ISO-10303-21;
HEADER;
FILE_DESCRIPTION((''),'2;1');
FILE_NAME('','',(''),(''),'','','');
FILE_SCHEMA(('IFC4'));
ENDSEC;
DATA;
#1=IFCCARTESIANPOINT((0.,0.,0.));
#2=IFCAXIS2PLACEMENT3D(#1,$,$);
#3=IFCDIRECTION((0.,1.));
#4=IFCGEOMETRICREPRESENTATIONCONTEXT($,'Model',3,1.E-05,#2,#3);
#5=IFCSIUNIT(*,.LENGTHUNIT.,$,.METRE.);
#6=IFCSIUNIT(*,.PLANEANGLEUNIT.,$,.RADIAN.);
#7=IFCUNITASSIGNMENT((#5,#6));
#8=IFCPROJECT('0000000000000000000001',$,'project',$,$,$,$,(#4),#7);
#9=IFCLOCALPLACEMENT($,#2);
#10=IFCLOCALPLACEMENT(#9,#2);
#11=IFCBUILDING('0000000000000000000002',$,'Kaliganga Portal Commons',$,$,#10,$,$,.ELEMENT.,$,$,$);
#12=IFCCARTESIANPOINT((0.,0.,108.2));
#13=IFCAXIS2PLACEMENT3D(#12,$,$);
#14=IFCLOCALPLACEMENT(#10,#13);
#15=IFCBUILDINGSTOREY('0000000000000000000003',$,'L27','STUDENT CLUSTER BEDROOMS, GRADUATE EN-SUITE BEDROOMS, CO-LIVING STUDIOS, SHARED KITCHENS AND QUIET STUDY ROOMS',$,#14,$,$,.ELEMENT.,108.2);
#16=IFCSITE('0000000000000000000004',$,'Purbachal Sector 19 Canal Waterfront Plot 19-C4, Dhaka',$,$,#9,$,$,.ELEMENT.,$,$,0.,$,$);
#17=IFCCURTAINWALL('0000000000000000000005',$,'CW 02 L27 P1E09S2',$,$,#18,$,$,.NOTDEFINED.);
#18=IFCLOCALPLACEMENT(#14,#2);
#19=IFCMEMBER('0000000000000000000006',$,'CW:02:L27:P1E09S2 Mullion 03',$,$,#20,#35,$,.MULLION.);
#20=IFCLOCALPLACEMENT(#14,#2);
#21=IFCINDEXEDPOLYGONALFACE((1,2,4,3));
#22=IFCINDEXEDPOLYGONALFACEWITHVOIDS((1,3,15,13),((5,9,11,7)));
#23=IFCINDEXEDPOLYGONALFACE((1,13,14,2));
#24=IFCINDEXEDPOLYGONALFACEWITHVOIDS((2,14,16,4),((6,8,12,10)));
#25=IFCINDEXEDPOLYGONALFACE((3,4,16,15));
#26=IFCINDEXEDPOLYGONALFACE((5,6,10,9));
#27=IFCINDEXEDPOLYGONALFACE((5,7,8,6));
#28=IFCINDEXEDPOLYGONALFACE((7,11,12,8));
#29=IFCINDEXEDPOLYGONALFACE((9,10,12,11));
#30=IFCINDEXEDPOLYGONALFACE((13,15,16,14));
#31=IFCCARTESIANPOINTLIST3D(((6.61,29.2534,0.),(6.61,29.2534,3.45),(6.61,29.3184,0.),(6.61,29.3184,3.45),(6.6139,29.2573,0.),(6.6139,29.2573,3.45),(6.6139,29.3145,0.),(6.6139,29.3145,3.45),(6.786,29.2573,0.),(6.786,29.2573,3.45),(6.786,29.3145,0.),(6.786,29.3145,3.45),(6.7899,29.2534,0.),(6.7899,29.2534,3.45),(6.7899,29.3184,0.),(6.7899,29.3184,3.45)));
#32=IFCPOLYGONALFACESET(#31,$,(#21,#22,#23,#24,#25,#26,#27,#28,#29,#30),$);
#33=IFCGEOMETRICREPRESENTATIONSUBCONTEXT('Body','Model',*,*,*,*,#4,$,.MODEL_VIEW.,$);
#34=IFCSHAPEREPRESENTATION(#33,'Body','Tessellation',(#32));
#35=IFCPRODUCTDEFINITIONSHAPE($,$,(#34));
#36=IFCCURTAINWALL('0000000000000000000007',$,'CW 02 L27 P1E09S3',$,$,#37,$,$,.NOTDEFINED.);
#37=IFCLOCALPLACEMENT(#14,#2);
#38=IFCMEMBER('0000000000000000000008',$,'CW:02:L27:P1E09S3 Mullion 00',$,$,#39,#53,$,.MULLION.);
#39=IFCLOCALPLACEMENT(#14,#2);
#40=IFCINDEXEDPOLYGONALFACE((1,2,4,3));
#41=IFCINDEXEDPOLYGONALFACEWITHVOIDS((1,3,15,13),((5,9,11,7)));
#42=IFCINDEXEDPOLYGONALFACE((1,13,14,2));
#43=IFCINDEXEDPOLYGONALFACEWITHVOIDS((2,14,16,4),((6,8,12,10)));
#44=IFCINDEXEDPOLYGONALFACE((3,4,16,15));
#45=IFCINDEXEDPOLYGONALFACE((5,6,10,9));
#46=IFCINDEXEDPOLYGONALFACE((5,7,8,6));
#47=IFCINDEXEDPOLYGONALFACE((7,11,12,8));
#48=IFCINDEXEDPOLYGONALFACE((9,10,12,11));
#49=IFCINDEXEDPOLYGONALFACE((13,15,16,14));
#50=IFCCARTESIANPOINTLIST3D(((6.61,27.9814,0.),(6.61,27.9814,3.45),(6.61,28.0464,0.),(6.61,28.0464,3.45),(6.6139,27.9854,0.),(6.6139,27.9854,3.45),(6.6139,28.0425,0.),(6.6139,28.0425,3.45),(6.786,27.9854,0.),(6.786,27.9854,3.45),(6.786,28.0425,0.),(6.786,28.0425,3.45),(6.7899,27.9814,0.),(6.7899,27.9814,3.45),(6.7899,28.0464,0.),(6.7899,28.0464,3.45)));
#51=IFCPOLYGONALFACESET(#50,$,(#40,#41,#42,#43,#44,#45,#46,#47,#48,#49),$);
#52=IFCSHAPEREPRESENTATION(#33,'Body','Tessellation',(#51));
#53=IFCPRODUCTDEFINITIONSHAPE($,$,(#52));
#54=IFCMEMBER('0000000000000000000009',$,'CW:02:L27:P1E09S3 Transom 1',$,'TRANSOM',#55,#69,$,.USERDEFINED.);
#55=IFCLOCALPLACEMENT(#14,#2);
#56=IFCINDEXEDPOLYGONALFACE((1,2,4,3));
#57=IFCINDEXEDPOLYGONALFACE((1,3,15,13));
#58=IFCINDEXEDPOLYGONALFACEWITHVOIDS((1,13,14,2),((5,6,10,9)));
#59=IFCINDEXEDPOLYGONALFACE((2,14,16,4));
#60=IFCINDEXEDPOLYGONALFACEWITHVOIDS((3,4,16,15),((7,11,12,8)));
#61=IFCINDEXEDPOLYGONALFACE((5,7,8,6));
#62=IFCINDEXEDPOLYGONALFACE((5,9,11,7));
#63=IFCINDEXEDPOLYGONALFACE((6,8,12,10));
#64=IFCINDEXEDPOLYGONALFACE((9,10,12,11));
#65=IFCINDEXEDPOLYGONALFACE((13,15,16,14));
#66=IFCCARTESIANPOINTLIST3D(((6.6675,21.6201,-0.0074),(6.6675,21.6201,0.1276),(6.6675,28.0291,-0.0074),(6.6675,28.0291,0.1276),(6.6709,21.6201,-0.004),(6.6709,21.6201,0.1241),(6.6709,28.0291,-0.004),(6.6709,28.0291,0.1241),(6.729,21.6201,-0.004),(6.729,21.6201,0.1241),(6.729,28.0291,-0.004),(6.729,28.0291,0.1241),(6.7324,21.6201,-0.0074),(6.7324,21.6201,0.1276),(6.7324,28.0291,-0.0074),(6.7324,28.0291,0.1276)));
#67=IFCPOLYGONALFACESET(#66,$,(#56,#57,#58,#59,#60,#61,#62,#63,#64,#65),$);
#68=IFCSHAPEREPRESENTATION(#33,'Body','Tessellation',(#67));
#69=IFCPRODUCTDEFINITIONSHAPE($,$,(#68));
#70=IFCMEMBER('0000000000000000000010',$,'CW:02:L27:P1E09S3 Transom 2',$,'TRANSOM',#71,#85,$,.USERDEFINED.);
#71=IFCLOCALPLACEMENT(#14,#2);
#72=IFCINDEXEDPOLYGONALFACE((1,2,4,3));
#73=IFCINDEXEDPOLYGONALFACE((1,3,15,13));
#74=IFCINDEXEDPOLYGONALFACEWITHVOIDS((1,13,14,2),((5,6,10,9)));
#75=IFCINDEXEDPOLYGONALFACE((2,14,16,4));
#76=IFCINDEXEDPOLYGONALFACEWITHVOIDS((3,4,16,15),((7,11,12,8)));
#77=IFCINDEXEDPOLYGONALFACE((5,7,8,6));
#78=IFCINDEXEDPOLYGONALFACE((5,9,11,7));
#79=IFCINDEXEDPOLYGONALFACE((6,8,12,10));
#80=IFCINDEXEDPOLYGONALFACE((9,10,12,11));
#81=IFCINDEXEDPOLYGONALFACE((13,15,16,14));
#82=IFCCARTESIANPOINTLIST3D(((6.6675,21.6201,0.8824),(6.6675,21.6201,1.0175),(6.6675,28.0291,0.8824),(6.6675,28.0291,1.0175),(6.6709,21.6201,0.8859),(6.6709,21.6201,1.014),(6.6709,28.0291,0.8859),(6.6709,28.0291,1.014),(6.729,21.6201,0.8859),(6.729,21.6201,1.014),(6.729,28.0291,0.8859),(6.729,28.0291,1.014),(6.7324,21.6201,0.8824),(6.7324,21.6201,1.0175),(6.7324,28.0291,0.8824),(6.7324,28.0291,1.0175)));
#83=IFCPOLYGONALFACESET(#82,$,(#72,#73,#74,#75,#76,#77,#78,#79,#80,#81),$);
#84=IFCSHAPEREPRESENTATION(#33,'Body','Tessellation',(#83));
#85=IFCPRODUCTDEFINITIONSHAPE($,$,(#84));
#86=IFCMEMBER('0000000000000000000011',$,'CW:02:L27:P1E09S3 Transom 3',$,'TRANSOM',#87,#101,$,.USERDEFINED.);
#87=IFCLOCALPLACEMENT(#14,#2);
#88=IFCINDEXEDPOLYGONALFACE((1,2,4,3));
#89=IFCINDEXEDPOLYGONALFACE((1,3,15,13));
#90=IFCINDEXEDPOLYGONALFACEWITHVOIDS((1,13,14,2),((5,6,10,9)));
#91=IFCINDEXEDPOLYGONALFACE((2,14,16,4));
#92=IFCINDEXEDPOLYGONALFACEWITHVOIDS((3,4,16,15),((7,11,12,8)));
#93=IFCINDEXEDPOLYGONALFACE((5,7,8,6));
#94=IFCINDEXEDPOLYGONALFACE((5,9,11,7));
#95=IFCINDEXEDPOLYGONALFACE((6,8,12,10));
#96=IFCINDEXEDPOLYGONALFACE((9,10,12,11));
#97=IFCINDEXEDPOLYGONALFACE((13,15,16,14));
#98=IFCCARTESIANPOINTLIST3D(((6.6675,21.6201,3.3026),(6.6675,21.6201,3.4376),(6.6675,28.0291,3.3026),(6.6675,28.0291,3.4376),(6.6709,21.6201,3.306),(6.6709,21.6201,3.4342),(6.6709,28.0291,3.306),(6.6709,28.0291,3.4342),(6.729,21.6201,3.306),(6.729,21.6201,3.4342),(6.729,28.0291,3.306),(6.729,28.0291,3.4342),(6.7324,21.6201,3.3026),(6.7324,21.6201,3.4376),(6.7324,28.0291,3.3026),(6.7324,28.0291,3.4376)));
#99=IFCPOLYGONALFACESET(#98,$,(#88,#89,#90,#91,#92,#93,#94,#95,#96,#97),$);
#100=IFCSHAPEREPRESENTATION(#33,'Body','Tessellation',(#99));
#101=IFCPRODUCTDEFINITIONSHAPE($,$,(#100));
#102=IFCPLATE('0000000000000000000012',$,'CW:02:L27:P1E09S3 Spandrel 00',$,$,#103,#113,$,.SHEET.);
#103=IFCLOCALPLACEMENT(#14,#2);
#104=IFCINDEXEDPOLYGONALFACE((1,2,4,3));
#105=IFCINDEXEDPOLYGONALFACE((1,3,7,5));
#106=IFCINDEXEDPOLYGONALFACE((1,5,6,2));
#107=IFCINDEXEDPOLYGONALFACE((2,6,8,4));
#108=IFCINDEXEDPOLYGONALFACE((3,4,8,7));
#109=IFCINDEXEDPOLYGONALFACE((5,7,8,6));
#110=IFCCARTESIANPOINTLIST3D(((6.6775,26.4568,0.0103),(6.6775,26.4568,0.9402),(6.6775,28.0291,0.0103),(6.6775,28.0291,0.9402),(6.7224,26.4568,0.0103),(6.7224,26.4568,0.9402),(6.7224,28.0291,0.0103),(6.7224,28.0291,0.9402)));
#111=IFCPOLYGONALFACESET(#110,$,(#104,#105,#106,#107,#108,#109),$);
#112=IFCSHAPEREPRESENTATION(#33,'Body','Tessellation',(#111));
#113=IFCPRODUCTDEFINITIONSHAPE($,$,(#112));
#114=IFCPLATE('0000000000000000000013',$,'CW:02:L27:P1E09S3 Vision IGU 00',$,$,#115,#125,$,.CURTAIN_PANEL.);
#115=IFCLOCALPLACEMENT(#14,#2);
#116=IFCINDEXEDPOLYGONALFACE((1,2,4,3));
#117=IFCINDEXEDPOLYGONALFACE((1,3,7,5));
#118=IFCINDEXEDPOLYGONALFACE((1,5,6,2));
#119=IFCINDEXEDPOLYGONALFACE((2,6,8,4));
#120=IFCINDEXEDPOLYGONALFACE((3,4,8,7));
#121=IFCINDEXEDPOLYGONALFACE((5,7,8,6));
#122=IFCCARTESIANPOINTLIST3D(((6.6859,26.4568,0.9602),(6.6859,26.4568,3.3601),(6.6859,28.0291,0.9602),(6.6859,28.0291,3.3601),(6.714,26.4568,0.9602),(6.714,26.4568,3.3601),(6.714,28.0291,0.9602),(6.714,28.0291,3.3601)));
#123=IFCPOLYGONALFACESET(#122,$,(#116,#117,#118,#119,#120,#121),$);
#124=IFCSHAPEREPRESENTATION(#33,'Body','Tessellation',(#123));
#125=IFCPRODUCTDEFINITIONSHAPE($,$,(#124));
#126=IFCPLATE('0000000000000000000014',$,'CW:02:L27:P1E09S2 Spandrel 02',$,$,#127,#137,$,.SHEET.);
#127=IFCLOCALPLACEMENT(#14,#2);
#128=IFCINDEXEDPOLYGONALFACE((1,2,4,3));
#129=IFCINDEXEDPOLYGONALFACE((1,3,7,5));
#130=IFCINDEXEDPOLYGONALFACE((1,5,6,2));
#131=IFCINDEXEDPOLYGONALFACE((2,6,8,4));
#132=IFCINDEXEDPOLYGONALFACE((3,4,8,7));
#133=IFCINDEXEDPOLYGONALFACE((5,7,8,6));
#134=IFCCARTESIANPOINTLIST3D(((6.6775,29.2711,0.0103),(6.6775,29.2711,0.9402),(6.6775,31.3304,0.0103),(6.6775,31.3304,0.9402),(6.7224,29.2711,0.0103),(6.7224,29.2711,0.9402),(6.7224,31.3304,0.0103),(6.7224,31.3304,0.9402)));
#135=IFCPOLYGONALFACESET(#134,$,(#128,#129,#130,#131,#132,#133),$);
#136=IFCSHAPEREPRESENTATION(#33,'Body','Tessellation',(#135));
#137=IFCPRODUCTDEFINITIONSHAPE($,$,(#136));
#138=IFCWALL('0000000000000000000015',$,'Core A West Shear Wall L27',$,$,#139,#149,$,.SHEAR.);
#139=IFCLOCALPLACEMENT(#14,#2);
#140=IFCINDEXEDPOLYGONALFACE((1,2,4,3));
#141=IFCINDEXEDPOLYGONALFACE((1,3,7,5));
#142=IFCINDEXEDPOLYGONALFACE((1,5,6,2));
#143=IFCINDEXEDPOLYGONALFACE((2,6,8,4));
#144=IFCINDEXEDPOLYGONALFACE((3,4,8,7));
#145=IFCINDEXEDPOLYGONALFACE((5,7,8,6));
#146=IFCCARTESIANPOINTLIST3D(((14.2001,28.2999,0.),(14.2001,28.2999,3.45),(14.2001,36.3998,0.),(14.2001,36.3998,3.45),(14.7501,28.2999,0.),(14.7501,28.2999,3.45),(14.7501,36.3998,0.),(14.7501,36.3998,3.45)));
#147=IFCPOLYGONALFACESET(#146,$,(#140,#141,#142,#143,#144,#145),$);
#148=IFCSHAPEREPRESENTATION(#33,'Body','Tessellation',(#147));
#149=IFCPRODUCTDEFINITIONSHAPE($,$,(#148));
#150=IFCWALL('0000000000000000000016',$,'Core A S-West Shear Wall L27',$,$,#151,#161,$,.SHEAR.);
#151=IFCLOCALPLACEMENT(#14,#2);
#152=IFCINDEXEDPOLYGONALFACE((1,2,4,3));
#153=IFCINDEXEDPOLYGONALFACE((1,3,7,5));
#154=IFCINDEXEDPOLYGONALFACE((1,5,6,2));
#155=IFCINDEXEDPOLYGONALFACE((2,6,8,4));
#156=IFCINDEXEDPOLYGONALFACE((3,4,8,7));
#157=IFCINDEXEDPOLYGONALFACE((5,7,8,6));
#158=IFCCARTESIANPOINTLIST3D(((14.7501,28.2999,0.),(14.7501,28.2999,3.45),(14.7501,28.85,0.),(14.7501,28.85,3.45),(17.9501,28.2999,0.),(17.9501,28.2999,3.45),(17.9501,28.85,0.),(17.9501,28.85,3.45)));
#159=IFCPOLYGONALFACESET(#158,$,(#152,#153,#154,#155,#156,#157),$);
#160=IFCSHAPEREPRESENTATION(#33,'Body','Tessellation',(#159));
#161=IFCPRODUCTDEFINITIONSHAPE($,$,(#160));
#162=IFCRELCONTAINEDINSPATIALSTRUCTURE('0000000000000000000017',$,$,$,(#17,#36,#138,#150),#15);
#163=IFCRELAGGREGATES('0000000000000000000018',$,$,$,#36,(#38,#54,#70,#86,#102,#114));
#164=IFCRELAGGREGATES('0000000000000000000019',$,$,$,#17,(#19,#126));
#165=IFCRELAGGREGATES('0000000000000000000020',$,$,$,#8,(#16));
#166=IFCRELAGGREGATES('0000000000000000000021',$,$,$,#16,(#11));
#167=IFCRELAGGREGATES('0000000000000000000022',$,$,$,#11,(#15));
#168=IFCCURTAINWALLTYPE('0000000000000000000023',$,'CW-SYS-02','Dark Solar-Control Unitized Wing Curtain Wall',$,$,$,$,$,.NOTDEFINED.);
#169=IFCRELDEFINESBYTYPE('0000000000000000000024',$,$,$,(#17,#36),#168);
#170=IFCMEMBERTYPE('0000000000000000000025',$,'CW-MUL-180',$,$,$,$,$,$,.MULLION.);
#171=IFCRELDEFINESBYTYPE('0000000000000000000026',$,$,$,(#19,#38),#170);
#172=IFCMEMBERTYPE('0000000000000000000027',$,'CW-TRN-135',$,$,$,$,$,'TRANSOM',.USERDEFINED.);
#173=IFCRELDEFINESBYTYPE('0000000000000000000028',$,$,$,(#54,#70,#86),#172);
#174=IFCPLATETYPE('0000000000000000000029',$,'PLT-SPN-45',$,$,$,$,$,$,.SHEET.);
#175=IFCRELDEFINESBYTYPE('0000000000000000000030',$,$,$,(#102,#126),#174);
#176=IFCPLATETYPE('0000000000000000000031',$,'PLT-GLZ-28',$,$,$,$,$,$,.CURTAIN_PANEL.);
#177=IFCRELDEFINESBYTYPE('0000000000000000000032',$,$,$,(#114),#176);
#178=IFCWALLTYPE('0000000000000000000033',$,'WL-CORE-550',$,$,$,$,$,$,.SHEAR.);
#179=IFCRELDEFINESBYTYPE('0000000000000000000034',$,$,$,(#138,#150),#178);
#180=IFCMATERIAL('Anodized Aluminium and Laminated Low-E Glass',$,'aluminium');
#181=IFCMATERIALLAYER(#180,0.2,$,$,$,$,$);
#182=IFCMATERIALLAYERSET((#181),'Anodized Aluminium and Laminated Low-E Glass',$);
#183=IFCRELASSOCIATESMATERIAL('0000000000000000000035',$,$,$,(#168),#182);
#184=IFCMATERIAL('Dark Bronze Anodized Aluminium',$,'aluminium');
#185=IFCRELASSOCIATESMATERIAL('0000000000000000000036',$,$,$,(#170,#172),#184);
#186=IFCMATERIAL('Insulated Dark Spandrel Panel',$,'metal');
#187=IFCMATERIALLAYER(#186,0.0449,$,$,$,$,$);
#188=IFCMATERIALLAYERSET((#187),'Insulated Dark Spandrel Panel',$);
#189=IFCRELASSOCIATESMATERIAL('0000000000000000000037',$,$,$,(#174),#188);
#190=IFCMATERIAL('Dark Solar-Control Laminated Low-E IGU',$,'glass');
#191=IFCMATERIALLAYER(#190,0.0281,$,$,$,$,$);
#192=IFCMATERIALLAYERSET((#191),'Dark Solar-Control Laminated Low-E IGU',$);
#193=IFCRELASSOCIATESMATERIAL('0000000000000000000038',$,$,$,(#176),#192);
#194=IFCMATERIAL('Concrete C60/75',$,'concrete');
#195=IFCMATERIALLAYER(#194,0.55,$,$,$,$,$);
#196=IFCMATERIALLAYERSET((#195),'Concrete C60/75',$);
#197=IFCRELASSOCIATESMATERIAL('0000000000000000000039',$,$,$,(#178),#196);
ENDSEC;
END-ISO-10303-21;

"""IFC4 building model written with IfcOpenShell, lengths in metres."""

from ifc_helpers import new_model, si_unit, direction, frame, frame_2d, origin, origin_2d, place, context, subcontext, project, spatial, rectangle, hollow_rectangle, extrude, source, transform, mapped, material, layer, layer_set, material_profile, profile_set, type_object, element, aggregate, save


model = new_model("IFC4")

# Units and contexts
model_context = context("Model", 3, precision=1e-05, world=origin(), true_north=direction((0.0, 1.0)))
body_context = subcontext(model_context, "Body", "Model", "MODEL_VIEW")
ifc_project = project(units=[si_unit("LENGTHUNIT", "METRE"), si_unit("PLANEANGLEUNIT", "RADIAN")], contexts=[model_context])

# Site, building, storey
site_placement = place(None, origin())
site = spatial("IfcSite", under=ifc_project, at=site_placement, Name="Purbachal Sector 19 Canal Waterfront Plot 19-C4, Dhaka", CompositionType="ELEMENT", RefElevation=0.0)
building_placement = place(site_placement, origin())
building = spatial("IfcBuilding", under=site, at=building_placement, Name="Kaliganga Portal Commons", CompositionType="ELEMENT")
storey_placement = place(building_placement, frame((0.0, 0.0, 108.2)))
storey = spatial("IfcBuildingStorey", under=building, at=storey_placement, Name="L27", Description="STUDENT CLUSTER BEDROOMS, GRADUATE EN-SUITE BEDROOMS, CO-LIVING STUDIOS, SHARED KITCHENS AND QUIET STUDY ROOMS", CompositionType="ELEMENT", Elevation=108.2)

# Shared definitions
ifc_material_1 = material(Name="Concrete C60/75", Category="concrete")

# Curtain wall, member
ifc_material_2 = material(Name="Anodized Aluminium and Laminated Low-E Glass", Category="aluminium")
ifc_layer_1 = layer(ifc_material_2, 0.2)
ifc_layer_set_1 = layer_set([ifc_layer_1], Name="Anodized Aluminium and Laminated Low-E Glass")
curtain_wall_type = type_object("IfcCurtainWallType", Name="CW-SYS-02", Description="Dark Solar-Control Unitized Wing Curtain Wall", PredefinedType="NOTDEFINED", material=ifc_layer_set_1)
curtain_wall_1_placement = place(storey_placement, origin())
curtain_wall_1 = element("IfcCurtainWall", 1, at=curtain_wall_1_placement, inside=storey, type_object=curtain_wall_type, Name="CW 02 L27 P1E09S2", PredefinedType="NOTDEFINED")
ifc_material_3 = material(Name="Dark Bronze Anodized Aluminium", Category="aluminium")
ifc_material_profile_1 = material_profile(ifc_material_3, hollow_rectangle(XDim=0.0649, YDim=0.1799, WallThickness=0.0039, at=origin_2d()), Name="ALU MULL 65x180x4")
ifc_profile_set_1 = profile_set([ifc_material_profile_1], Name="Dark Bronze Anodized Aluminium")
member_type_1 = type_object("IfcMemberType", Name="CW-MUL-180", PredefinedType="MULLION", material=ifc_profile_set_1)
shared_shape_1 = source(origin(), body_context, "Body", "SweptSolid", [
    extrude(hollow_rectangle(XDim=0.0649, YDim=0.1799, WallThickness=0.0039, at=origin_2d()), origin(), (0.0, 0.0, 1.0), 3.45),
])
member_1_placement = place(storey_placement, frame((6.7, 29.2859, 0.0), z_axis=(0.0, 0.0, 1.0), x_axis=(0.0, -1.0, 0.0)))
member_1 = element("IfcMember", 2, at=member_1_placement, type_object=member_type_1, Name="CW:02:L27:P1E09S2 Mullion 03", PredefinedType="MULLION", context=body_context, shape_type="MappedRepresentation", body=[
    mapped(shared_shape_1, transform((0.0, 0.0, 0.0), x_axis=(1.0, 0.0, 0.0), y_axis=(0.0, 1.0, 0.0), z_axis=(0.0, 0.0, 1.0), scale=1.0)),
])

# Curtain wall, members, plates
curtain_wall_2_placement = place(storey_placement, origin())
curtain_wall_2 = element("IfcCurtainWall", 3, at=curtain_wall_2_placement, inside=storey, type_object=curtain_wall_type, Name="CW 02 L27 P1E09S3", PredefinedType="NOTDEFINED")
member_2_placement = place(storey_placement, frame((6.7, 28.0139, 0.0), z_axis=(0.0, 0.0, 1.0), x_axis=(0.0, -1.0, 0.0)))
member_2 = element("IfcMember", 4, at=member_2_placement, type_object=member_type_1, Name="CW:02:L27:P1E09S3 Mullion 00", PredefinedType="MULLION", context=body_context, shape_type="MappedRepresentation", body=[
    mapped(shared_shape_1, transform((0.0, 0.0, 0.0), x_axis=(1.0, 0.0, 0.0), y_axis=(0.0, 1.0, 0.0), z_axis=(0.0, 0.0, 1.0), scale=1.0)),
])
ifc_material_profile_2 = material_profile(ifc_material_3, hollow_rectangle(XDim=0.0649, YDim=0.135, WallThickness=0.0034, at=origin_2d()), Name="ALU TRAN 65x135x3.5")
ifc_profile_set_2 = profile_set([ifc_material_profile_2], Name="Dark Bronze Anodized Aluminium")
member_type_2 = type_object("IfcMemberType", Name="CW-TRN-135", ElementType="TRANSOM", PredefinedType="USERDEFINED", material=ifc_profile_set_2)
shared_shape_2 = source(origin(), body_context, "Body", "SweptSolid", [
    extrude(hollow_rectangle(XDim=0.0649, YDim=0.135, WallThickness=0.0034, at=origin_2d()), origin(), (0.0, 0.0, 1.0), 6.4089),
])
member_3_placement = place(storey_placement, frame((6.7, 28.0291, 0.0601), z_axis=(0.0, -1.0, 0.0), x_axis=(1.0, 0.0, 0.0)))
member_3 = element("IfcMember", 5, at=member_3_placement, type_object=member_type_2, Name="CW:02:L27:P1E09S3 Transom 1", ObjectType="TRANSOM", PredefinedType="USERDEFINED", context=body_context, shape_type="MappedRepresentation", body=[
    mapped(shared_shape_2, transform((0.0, 0.0, 0.0), x_axis=(1.0, 0.0, 0.0), y_axis=(0.0, 1.0, 0.0), z_axis=(0.0, 0.0, 1.0), scale=1.0)),
])
member_4_placement = place(storey_placement, frame((6.7, 28.0291, 0.95), z_axis=(0.0, -1.0, 0.0), x_axis=(1.0, 0.0, 0.0)))
member_4 = element("IfcMember", 6, at=member_4_placement, type_object=member_type_2, Name="CW:02:L27:P1E09S3 Transom 2", ObjectType="TRANSOM", PredefinedType="USERDEFINED", context=body_context, shape_type="MappedRepresentation", body=[
    mapped(shared_shape_2, transform((0.0, 0.0, 0.0), x_axis=(1.0, 0.0, 0.0), y_axis=(0.0, 1.0, 0.0), z_axis=(0.0, 0.0, 1.0), scale=1.0)),
])
member_5_placement = place(storey_placement, frame((6.7, 28.0291, 3.3701), z_axis=(0.0, -1.0, 0.0), x_axis=(1.0, 0.0, 0.0)))
member_5 = element("IfcMember", 7, at=member_5_placement, type_object=member_type_2, Name="CW:02:L27:P1E09S3 Transom 3", ObjectType="TRANSOM", PredefinedType="USERDEFINED", context=body_context, shape_type="MappedRepresentation", body=[
    mapped(shared_shape_2, transform((0.0, 0.0, 0.0), x_axis=(1.0, 0.0, 0.0), y_axis=(0.0, 1.0, 0.0), z_axis=(0.0, 0.0, 1.0), scale=1.0)),
])
ifc_material_4 = material(Name="Insulated Dark Spandrel Panel", Category="metal")
ifc_layer_2 = layer(ifc_material_4, 0.0449)
ifc_layer_set_2 = layer_set([ifc_layer_2], Name="Insulated Dark Spandrel Panel")
plate_type_1 = type_object("IfcPlateType", Name="PLT-SPN-45", PredefinedType="SHEET", material=ifc_layer_set_2)
shared_shape_3 = source(origin(), body_context, "Body", "SweptSolid", [
    extrude(rectangle(XDim=1.5723, YDim=0.0449, at=origin_2d()), origin(), (0.0, 0.0, 1.0), 0.9299),
])
plate_1_placement = place(storey_placement, frame((6.7, 27.2429, 0.0103), z_axis=(0.0, 0.0, 1.0), x_axis=(0.0, -1.0, 0.0)))
plate_1 = element("IfcPlate", 8, at=plate_1_placement, type_object=plate_type_1, Name="CW:02:L27:P1E09S3 Spandrel 00", PredefinedType="SHEET", context=body_context, shape_type="MappedRepresentation", body=[
    mapped(shared_shape_3, transform((0.0, 0.0, 0.0), x_axis=(1.0, 0.0, 0.0), y_axis=(0.0, 1.0, 0.0), z_axis=(0.0, 0.0, 1.0), scale=1.0)),
])
ifc_material_5 = material(Name="Dark Solar-Control Laminated Low-E IGU", Category="glass")
ifc_layer_3 = layer(ifc_material_5, 0.0281)
ifc_layer_set_3 = layer_set([ifc_layer_3], Name="Dark Solar-Control Laminated Low-E IGU")
plate_type_2 = type_object("IfcPlateType", Name="PLT-GLZ-28", PredefinedType="CURTAIN_PANEL", material=ifc_layer_set_3)
shared_shape_4 = source(origin(), body_context, "Body", "SweptSolid", [
    extrude(rectangle(XDim=1.5723, YDim=0.0281, at=origin_2d()), origin(), (0.0, 0.0, 1.0), 2.3999),
])
plate_2_placement = place(storey_placement, frame((6.7, 27.2429, 0.9602), z_axis=(0.0, 0.0, 1.0), x_axis=(0.0, -1.0, 0.0)))
plate_2 = element("IfcPlate", 9, at=plate_2_placement, type_object=plate_type_2, Name="CW:02:L27:P1E09S3 Vision IGU 00", PredefinedType="CURTAIN_PANEL", context=body_context, shape_type="MappedRepresentation", body=[
    mapped(shared_shape_4, transform((0.0, 0.0, 0.0), x_axis=(1.0, 0.0, 0.0), y_axis=(0.0, 1.0, 0.0), z_axis=(0.0, 0.0, 1.0), scale=1.0)),
])
aggregate(curtain_wall_2, [member_2, member_3, member_4, member_5, plate_1, plate_2])

# Plate
shared_shape_5 = source(origin(), body_context, "Body", "SweptSolid", [
    extrude(rectangle(XDim=2.0593, YDim=0.0449, at=origin_2d()), origin(), (0.0, 0.0, 1.0), 0.9299),
])
plate_3_placement = place(storey_placement, frame((6.7, 30.3008, 0.0103), z_axis=(0.0, 0.0, 1.0), x_axis=(0.0, -1.0, 0.0)))
plate_3 = element("IfcPlate", 10, at=plate_3_placement, type_object=plate_type_1, Name="CW:02:L27:P1E09S2 Spandrel 02", PredefinedType="SHEET", context=body_context, shape_type="MappedRepresentation", body=[
    mapped(shared_shape_5, transform((0.0, 0.0, 0.0), x_axis=(1.0, 0.0, 0.0), y_axis=(0.0, 1.0, 0.0), z_axis=(0.0, 0.0, 1.0), scale=1.0)),
])
aggregate(curtain_wall_1, [member_1, plate_3])

# Walls
ifc_layer_4 = layer(ifc_material_1, 0.55)
ifc_layer_set_4 = layer_set([ifc_layer_4], Name="Concrete C60/75")
wall_type_1 = type_object("IfcWallType", Name="WL-CORE-550", PredefinedType="SHEAR", material=ifc_layer_set_4)
wall_1_placement = place(storey_placement, frame((14.4751, 28.3, 0.0), z_axis=(0.0, 0.0, 1.0), x_axis=(0.0, 1.0, 0.0)))
element("IfcWall", 11, at=wall_1_placement, inside=storey, type_object=wall_type_1, Name="Core A West Shear Wall L27", PredefinedType="SHEAR", context=body_context, shape_type="SweptSolid", body=[
    extrude(rectangle(XDim=8.0999, YDim=0.55, at=frame_2d((4.0498, 0.0))), origin(), (0.0, 0.0, 1.0), 3.45),
])
wall_2_placement = place(storey_placement, frame((14.75, 28.575, 0.0), z_axis=(0.0, 0.0, 1.0), x_axis=(1.0, 0.0, 0.0)))
element("IfcWall", 12, at=wall_2_placement, inside=storey, type_object=wall_type_1, Name="Core A S-West Shear Wall L27", PredefinedType="SHEAR", context=body_context, shape_type="SweptSolid", body=[
    extrude(rectangle(XDim=3.2, YDim=0.55, at=frame_2d((1.6001, 0.0))), origin(), (0.0, 0.0, 1.0), 3.45),
])

save(model, "model.ifc")
